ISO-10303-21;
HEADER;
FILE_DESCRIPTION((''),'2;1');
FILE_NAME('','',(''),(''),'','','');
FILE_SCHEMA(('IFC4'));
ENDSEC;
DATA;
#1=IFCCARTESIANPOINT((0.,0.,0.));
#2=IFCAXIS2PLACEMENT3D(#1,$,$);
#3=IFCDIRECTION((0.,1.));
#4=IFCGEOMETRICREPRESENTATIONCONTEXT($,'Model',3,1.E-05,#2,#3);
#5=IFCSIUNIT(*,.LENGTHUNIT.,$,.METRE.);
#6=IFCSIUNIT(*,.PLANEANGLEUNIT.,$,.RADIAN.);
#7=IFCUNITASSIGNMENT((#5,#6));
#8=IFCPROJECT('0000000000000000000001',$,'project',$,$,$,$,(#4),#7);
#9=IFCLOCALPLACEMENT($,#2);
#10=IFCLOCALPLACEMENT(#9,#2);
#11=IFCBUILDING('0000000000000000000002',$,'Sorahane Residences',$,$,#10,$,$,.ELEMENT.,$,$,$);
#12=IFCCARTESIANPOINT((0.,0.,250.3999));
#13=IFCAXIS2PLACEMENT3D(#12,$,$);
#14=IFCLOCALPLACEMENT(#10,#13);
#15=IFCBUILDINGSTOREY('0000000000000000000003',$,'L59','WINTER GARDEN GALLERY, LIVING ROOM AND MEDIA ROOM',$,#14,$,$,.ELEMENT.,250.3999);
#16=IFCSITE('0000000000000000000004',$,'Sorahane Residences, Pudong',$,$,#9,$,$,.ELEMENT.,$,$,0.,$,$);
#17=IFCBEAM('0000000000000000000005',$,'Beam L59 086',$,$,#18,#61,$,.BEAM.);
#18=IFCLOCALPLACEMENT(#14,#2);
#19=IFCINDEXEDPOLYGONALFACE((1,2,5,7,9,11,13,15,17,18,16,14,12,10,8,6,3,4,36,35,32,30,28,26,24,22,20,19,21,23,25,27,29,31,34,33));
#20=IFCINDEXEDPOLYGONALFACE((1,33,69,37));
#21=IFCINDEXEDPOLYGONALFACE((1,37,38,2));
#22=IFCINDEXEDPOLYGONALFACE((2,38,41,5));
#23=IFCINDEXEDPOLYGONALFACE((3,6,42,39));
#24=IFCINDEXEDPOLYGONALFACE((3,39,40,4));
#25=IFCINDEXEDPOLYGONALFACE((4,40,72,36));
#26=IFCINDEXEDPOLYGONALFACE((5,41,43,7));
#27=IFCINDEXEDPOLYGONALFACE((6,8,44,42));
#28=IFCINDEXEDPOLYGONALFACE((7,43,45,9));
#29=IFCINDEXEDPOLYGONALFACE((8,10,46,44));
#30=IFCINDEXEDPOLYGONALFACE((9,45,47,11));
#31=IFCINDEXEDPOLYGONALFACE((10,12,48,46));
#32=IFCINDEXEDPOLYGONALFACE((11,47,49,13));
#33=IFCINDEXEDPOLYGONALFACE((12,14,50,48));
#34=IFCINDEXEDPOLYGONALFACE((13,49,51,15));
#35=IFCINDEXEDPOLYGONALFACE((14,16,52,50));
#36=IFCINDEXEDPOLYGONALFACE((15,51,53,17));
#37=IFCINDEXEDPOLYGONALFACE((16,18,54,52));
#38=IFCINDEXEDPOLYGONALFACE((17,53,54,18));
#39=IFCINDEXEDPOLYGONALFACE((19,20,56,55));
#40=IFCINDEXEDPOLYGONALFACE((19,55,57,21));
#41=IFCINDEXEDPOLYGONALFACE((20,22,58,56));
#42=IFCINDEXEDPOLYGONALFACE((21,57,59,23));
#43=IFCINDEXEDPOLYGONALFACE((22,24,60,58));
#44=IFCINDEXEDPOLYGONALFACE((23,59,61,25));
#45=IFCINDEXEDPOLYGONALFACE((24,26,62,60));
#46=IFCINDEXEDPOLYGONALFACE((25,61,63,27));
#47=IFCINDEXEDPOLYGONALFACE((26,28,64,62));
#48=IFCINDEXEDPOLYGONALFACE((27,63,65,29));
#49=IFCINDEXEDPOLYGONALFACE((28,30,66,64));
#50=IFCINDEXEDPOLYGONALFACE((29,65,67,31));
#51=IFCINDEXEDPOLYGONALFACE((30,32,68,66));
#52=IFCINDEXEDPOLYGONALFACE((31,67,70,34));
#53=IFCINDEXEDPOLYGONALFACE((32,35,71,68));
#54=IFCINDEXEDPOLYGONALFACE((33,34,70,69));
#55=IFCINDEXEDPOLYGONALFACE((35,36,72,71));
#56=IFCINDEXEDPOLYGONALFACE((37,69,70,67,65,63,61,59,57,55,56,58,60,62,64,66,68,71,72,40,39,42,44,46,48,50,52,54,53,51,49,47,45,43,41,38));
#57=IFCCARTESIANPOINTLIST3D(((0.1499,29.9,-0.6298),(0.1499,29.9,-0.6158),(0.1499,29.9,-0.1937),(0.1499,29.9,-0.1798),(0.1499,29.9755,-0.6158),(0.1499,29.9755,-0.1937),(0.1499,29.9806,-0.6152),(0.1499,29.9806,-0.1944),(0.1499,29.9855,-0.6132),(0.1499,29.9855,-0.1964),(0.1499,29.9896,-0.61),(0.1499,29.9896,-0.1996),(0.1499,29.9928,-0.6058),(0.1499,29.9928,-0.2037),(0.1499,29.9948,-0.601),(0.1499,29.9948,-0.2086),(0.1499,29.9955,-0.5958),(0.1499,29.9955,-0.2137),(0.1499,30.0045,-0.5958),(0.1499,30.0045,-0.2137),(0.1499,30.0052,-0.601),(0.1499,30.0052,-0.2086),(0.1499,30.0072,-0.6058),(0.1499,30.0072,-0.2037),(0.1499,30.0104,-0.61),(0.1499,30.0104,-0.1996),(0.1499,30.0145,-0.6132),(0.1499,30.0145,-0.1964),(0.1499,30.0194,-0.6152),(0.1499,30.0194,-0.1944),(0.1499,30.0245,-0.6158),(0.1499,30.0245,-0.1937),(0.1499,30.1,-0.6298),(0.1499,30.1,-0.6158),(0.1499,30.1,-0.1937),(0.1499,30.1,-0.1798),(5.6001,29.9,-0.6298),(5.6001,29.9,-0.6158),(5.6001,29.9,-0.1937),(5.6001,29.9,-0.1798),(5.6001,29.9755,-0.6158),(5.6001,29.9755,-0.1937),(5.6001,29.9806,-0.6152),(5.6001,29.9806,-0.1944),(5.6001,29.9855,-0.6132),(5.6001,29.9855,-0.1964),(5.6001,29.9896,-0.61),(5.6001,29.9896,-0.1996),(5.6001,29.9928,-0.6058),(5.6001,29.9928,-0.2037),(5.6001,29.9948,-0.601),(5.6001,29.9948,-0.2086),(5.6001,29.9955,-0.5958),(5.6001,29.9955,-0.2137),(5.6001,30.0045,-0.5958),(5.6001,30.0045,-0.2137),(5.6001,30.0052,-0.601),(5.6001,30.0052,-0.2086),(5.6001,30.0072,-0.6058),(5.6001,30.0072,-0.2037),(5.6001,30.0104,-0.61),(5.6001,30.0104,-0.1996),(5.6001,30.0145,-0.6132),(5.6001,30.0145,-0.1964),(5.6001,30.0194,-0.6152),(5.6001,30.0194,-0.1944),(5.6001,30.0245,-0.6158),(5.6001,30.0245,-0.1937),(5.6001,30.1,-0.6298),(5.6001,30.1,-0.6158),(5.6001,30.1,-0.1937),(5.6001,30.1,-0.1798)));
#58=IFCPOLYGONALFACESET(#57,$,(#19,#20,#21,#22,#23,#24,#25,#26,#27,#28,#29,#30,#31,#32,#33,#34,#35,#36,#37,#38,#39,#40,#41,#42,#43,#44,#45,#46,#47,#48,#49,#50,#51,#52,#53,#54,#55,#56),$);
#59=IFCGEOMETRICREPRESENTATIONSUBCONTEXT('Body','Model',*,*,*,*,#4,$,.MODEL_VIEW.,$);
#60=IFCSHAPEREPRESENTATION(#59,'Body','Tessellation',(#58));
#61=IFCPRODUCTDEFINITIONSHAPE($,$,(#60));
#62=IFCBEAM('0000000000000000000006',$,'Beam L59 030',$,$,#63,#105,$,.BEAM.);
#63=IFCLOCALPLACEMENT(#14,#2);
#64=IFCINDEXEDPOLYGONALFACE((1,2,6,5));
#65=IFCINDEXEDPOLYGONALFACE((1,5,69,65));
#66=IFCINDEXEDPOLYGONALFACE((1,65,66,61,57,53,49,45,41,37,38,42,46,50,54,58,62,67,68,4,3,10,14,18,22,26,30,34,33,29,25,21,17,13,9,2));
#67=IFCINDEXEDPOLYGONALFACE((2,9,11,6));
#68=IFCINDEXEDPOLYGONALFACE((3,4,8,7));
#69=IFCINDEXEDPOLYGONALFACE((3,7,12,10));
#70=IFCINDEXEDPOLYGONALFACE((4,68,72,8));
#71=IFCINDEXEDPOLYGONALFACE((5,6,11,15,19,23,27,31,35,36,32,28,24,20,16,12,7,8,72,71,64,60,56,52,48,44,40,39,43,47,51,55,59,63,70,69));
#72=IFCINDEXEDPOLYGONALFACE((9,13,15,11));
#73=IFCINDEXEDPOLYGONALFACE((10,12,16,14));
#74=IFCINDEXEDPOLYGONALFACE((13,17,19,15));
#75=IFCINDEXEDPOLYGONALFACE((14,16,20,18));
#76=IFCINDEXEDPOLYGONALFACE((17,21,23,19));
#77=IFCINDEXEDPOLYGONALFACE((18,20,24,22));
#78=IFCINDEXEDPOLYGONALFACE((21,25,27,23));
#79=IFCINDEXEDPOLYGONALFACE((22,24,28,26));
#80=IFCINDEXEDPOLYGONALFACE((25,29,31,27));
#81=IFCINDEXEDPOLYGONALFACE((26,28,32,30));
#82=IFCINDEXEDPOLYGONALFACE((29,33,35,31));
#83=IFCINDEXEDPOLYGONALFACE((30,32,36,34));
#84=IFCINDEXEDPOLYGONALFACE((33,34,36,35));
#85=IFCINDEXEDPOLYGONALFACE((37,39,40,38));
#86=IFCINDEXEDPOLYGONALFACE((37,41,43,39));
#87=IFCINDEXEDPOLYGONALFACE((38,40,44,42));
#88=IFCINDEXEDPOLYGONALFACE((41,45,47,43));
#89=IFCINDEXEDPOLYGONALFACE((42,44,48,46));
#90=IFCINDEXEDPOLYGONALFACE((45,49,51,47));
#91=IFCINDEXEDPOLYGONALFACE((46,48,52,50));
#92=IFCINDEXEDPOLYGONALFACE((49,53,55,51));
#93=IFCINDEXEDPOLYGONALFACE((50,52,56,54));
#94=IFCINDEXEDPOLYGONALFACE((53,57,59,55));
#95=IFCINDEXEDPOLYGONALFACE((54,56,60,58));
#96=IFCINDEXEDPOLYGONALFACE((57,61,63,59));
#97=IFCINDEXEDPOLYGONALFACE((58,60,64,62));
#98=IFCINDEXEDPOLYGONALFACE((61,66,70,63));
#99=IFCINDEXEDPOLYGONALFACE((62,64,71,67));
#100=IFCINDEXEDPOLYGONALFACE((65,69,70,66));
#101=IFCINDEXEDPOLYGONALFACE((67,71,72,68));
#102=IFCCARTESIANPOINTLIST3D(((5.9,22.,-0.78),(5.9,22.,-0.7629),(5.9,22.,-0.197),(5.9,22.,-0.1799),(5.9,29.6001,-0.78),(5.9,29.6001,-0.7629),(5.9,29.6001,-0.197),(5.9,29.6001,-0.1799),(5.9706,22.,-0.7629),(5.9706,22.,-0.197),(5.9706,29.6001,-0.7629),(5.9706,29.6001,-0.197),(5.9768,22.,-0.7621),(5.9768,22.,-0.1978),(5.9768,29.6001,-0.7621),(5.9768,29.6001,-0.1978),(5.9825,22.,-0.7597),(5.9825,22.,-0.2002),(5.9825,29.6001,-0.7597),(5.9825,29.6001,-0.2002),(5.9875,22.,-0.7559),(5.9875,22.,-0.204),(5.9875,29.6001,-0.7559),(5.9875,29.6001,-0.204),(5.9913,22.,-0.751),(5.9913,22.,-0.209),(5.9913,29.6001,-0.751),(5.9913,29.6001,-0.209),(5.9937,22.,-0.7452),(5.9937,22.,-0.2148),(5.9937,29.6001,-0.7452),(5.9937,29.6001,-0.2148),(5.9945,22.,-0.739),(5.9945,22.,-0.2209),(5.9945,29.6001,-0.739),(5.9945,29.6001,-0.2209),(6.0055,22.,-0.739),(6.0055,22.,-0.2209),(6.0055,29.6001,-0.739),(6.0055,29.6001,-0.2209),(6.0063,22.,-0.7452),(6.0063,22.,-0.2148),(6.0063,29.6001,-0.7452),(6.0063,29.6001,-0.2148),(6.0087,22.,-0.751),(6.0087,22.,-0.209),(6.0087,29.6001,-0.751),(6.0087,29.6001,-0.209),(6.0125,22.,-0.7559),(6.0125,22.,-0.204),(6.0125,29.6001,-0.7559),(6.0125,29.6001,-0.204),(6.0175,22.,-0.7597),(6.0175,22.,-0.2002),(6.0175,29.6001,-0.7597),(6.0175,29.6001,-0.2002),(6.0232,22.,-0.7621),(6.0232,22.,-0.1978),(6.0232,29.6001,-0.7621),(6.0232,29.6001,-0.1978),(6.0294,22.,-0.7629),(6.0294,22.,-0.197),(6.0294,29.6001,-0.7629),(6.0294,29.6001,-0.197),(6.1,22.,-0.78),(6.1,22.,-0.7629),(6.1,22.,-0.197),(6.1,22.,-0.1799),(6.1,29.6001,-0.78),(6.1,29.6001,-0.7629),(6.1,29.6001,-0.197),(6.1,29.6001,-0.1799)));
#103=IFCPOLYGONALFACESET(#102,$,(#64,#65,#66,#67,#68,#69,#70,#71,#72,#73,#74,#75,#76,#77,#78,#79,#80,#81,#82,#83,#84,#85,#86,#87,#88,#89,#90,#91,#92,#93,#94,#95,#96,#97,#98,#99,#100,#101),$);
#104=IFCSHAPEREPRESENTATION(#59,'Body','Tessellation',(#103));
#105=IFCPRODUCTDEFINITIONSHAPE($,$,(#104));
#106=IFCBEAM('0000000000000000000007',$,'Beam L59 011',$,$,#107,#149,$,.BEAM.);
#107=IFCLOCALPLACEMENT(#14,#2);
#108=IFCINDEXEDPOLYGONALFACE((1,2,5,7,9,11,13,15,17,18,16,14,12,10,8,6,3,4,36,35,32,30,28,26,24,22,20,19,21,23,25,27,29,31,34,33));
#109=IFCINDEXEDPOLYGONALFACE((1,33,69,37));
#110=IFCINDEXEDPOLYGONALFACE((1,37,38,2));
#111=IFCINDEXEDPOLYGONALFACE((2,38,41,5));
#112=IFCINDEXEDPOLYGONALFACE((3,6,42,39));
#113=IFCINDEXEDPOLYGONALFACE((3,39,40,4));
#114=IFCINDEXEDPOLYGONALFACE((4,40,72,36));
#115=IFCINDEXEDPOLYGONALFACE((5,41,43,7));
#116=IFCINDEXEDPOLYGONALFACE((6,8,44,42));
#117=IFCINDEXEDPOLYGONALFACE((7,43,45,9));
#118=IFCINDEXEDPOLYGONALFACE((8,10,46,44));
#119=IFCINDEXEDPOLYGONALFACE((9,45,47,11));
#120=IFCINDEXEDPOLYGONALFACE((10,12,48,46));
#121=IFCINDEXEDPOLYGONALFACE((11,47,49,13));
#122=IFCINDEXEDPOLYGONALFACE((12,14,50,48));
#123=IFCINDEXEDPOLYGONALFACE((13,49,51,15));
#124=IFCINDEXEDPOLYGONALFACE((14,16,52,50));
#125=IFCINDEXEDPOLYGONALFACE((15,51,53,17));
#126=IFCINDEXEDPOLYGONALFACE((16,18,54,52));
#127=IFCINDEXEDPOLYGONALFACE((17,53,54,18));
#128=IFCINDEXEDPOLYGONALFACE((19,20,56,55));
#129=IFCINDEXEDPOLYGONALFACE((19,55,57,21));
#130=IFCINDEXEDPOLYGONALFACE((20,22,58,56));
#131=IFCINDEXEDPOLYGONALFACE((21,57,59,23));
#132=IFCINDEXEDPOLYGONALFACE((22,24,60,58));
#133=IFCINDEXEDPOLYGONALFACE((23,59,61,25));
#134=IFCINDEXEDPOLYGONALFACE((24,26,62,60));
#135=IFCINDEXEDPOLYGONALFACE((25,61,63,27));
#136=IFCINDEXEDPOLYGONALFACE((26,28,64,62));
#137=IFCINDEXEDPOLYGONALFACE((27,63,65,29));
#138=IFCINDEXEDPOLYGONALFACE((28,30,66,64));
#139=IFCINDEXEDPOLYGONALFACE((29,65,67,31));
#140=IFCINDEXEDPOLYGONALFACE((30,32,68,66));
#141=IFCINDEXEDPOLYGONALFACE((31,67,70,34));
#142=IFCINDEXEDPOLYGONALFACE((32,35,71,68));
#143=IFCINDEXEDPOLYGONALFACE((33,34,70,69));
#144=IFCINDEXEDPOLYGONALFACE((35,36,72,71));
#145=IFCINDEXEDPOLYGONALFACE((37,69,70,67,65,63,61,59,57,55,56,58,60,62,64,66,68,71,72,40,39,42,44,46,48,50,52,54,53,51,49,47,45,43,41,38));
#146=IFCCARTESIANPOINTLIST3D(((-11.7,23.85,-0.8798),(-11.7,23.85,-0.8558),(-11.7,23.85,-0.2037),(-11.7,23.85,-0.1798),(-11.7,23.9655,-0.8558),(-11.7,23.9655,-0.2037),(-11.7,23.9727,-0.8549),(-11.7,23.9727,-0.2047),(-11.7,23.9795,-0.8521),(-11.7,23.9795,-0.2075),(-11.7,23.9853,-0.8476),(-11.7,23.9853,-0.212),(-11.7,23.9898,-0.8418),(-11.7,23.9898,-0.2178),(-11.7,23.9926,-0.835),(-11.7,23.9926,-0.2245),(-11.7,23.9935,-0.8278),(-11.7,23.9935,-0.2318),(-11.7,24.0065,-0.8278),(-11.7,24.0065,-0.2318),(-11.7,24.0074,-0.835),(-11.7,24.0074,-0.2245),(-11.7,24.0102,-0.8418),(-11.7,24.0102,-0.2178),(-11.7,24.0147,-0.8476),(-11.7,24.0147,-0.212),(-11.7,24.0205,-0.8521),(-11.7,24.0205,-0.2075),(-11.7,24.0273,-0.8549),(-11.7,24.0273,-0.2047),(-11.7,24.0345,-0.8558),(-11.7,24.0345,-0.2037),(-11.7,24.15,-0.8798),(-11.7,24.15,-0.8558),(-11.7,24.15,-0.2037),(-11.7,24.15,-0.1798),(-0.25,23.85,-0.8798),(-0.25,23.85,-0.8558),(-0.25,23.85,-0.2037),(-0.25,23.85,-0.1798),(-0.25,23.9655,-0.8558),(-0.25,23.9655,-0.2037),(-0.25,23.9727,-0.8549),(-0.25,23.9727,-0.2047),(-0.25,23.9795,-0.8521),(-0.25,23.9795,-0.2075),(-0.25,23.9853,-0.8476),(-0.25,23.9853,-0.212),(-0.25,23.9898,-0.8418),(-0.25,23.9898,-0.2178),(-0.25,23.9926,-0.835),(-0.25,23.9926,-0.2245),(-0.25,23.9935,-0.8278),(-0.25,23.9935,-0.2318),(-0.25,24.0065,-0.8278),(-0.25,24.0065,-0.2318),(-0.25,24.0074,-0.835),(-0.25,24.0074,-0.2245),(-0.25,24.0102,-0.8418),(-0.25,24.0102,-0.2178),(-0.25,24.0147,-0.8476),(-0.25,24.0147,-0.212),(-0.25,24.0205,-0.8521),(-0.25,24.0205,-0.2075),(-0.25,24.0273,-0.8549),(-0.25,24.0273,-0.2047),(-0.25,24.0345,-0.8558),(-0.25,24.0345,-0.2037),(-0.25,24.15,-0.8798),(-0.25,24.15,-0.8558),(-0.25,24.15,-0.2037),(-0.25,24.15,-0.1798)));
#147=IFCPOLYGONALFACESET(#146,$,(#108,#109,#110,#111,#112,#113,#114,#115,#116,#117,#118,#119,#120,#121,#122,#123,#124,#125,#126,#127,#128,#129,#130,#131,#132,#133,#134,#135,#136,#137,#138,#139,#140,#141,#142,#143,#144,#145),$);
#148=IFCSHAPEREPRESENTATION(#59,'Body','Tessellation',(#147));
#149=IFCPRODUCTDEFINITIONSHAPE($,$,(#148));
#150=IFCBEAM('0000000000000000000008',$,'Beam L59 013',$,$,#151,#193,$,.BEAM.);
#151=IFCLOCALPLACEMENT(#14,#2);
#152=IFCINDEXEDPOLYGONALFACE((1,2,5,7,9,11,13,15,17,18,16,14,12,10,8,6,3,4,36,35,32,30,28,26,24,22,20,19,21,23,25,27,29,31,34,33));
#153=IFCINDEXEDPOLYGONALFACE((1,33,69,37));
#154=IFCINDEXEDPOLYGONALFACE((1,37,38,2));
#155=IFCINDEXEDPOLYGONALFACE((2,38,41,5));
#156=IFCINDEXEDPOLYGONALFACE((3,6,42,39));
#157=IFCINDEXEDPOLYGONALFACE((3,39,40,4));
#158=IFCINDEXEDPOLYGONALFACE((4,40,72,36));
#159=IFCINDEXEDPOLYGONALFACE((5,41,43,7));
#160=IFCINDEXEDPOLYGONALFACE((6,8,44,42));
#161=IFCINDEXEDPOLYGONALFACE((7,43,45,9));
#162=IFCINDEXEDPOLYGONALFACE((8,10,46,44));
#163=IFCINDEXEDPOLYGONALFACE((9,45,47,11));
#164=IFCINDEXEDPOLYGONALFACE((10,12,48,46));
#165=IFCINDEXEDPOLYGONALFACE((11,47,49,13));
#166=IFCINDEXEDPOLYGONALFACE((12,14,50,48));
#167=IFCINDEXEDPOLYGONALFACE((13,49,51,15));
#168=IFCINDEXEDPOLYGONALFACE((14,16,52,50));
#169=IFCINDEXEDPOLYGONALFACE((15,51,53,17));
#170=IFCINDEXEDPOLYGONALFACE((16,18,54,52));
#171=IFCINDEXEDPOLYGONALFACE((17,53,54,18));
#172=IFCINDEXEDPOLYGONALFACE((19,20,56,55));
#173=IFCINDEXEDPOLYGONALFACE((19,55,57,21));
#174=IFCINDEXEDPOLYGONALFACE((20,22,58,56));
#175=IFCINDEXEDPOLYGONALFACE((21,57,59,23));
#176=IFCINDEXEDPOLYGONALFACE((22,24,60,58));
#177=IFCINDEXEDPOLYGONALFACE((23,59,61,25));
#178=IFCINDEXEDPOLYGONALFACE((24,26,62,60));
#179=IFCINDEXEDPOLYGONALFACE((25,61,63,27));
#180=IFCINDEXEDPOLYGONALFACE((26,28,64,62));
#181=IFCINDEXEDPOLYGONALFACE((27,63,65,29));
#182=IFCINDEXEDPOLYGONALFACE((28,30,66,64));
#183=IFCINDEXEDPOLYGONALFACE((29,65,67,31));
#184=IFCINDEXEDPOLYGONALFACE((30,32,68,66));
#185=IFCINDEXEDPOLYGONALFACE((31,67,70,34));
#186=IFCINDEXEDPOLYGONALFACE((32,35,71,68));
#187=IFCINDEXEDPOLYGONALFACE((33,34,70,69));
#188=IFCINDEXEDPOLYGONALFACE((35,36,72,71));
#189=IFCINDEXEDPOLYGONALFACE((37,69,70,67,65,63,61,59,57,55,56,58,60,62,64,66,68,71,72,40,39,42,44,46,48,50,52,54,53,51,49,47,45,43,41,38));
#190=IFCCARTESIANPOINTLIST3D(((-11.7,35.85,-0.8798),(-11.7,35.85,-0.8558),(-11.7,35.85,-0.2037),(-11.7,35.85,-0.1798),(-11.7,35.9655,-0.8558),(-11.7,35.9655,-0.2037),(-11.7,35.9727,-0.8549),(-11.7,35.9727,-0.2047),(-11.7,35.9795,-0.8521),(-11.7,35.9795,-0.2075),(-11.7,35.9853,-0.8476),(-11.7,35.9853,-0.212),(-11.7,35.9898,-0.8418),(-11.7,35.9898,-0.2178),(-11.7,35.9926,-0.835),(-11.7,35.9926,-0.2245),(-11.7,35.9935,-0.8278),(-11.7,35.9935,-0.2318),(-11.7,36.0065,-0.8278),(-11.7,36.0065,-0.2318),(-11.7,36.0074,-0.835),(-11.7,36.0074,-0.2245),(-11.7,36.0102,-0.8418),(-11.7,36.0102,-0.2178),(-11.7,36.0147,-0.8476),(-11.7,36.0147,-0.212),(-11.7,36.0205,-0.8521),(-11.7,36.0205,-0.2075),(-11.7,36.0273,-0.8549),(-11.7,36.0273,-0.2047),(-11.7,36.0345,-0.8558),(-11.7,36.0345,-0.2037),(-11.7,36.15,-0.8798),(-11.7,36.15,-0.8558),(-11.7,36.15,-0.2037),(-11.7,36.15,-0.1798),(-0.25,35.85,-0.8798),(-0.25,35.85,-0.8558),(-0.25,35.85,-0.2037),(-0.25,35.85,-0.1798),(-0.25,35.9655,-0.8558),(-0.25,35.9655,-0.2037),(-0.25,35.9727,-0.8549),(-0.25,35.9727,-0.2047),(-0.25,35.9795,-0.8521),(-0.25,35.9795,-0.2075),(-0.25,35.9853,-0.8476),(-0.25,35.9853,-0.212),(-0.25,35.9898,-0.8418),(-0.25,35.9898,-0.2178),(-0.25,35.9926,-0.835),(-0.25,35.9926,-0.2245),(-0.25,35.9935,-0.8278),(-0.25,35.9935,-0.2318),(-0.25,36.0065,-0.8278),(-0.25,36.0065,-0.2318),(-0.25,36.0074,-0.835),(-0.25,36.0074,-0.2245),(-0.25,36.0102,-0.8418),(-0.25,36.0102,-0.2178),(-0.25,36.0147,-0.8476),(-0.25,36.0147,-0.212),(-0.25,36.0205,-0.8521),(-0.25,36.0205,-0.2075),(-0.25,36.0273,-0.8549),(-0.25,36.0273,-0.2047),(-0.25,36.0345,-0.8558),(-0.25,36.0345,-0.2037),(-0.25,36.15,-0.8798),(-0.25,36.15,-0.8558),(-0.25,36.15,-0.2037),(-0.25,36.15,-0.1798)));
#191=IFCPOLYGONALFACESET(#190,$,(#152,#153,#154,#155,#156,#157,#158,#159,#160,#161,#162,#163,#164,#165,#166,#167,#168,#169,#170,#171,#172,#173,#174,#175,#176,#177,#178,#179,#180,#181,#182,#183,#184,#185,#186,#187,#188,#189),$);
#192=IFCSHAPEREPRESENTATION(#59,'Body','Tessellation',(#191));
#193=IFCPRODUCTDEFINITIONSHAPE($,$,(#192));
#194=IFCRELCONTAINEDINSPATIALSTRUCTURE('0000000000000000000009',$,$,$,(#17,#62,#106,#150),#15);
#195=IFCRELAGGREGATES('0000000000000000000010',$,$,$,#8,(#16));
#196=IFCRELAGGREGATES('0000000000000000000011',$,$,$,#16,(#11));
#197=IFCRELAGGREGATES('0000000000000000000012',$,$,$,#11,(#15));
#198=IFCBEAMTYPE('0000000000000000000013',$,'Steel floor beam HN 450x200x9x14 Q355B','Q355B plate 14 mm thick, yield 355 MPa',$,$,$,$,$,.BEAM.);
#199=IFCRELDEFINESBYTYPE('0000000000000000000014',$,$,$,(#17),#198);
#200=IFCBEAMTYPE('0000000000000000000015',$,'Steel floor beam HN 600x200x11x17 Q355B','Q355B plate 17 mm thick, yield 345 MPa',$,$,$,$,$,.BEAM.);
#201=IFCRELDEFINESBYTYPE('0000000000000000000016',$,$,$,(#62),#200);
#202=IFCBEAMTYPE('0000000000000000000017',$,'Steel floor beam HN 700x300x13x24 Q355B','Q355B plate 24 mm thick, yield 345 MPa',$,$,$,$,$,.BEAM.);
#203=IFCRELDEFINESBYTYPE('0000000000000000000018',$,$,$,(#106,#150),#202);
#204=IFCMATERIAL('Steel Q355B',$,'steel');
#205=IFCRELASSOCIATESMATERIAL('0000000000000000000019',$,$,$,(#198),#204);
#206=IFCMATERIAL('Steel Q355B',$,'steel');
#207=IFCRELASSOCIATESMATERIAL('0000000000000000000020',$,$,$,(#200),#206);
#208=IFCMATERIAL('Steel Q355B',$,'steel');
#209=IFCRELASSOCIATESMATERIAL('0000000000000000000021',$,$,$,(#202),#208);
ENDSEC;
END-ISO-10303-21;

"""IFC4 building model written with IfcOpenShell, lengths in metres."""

from ifc_helpers import new_model, si_unit, direction, frame, origin, origin_2d, place, context, subcontext, project, spatial, i_section, extrude, material, material_profile, profile_set, type_object, element, save


model = new_model("IFC4")

# Units and contexts
model_context = context("Model", 3, precision=1e-05, world=origin(), true_north=direction((0.0, 1.0)))
body_context = subcontext(model_context, "Body", "Model", "MODEL_VIEW")
ifc_project = project(units=[si_unit("LENGTHUNIT", "METRE"), si_unit("PLANEANGLEUNIT", "RADIAN")], contexts=[model_context])

# Site, building, storey
site_placement = place(None, origin())
site = spatial("IfcSite", under=ifc_project, at=site_placement, Name="Sorahane Residences, Pudong", CompositionType="ELEMENT", RefElevation=0.0)
building_placement = place(site_placement, origin())
building = spatial("IfcBuilding", under=site, at=building_placement, Name="Sorahane Residences", CompositionType="ELEMENT")
storey_placement = place(building_placement, frame((0.0, 0.0, 250.3999)))
storey = spatial("IfcBuildingStorey", under=building, at=storey_placement, Name="L59", Description="WINTER GARDEN GALLERY, LIVING ROOM AND MEDIA ROOM", CompositionType="ELEMENT", Elevation=250.3999)

# Beams
ifc_material_1 = material(Name="Steel Q355B", Category="steel")
ifc_material_profile_1 = material_profile(ifc_material_1, i_section(OverallWidth=0.2, OverallDepth=0.45, WebThickness=0.009, FlangeThickness=0.0139, FilletRadius=0.02, at=origin_2d()), Name="HN 450x200x9x14")
ifc_profile_set_1 = profile_set([ifc_material_profile_1], Name="Steel Q355B")
beam_type_1 = type_object("IfcBeamType", Name="Steel floor beam HN 450x200x9x14 Q355B", Description="Q355B plate 14 mm thick, yield 355 MPa", PredefinedType="BEAM", material=ifc_profile_set_1)
beam_1_placement = place(storey_placement, frame((0.1499, 30.0, -0.4048), z_axis=(1.0, 0.0, 0.0), x_axis=(0.0, 1.0, 0.0)))
element("IfcBeam", 1, at=beam_1_placement, inside=storey, type_object=beam_type_1, Name="Beam L59 086", PredefinedType="BEAM", context=body_context, shape_type="SweptSolid", body=[
    extrude(i_section(OverallWidth=0.2, OverallDepth=0.45, WebThickness=0.009, FlangeThickness=0.0139, FilletRadius=0.02, at=origin_2d()), origin(), (0.0, 0.0, 1.0), 5.4502),
])
ifc_material_2 = material(Name="Steel Q355B", Category="steel")
ifc_material_profile_2 = material_profile(ifc_material_2, i_section(OverallWidth=0.2, OverallDepth=0.6001, WebThickness=0.011, FlangeThickness=0.0171, FilletRadius=0.0239, at=origin_2d()), Name="HN 600x200x11x17")
ifc_profile_set_2 = profile_set([ifc_material_profile_2], Name="Steel Q355B")
beam_type_2 = type_object("IfcBeamType", Name="Steel floor beam HN 600x200x11x17 Q355B", Description="Q355B plate 17 mm thick, yield 345 MPa", PredefinedType="BEAM", material=ifc_profile_set_2)
beam_2_placement = place(storey_placement, frame((6.0, 22.0, -0.48), z_axis=(0.0, 1.0, 0.0), x_axis=(-1.0, 0.0, 0.0)))
element("IfcBeam", 2, at=beam_2_placement, inside=storey, type_object=beam_type_2, Name="Beam L59 030", PredefinedType="BEAM", context=body_context, shape_type="SweptSolid", body=[
    extrude(i_section(OverallWidth=0.2, OverallDepth=0.6001, WebThickness=0.011, FlangeThickness=0.0171, FilletRadius=0.0239, at=origin_2d()), origin(), (0.0, 0.0, 1.0), 7.6001),
])
ifc_material_3 = material(Name="Steel Q355B", Category="steel")
ifc_material_profile_3 = material_profile(ifc_material_3, i_section(OverallWidth=0.3, OverallDepth=0.7, WebThickness=0.0129, FlangeThickness=0.0239, FilletRadius=0.0281, at=origin_2d()), Name="HN 700x300x13x24")
ifc_profile_set_3 = profile_set([ifc_material_profile_3], Name="Steel Q355B")
beam_type_3 = type_object("IfcBeamType", Name="Steel floor beam HN 700x300x13x24 Q355B", Description="Q355B plate 24 mm thick, yield 345 MPa", PredefinedType="BEAM", material=ifc_profile_set_3)
for number, where, z_axis, x_axis, name in (
    (3, (-11.7, 24.0, -0.5298), (1.0, 0.0, 0.0), (0.0, 1.0, 0.0), "Beam L59 011"),
    (4, (-11.7, 36.0, -0.5298), (1.0, 0.0, 0.0), (0.0, 1.0, 0.0), "Beam L59 013"),
):
    element("IfcBeam", number, at=place(storey_placement, frame(where, z_axis=z_axis, x_axis=x_axis)), inside=storey, type_object=beam_type_3, Name=name, PredefinedType="BEAM", context=body_context, shape_type="SweptSolid", body=[
        extrude(i_section(OverallWidth=0.3, OverallDepth=0.7, WebThickness=0.0129, FlangeThickness=0.0239, FilletRadius=0.0281, at=origin_2d()), origin(), (0.0, 0.0, 1.0), 11.45),
    ])

save(model, "model.ifc")
